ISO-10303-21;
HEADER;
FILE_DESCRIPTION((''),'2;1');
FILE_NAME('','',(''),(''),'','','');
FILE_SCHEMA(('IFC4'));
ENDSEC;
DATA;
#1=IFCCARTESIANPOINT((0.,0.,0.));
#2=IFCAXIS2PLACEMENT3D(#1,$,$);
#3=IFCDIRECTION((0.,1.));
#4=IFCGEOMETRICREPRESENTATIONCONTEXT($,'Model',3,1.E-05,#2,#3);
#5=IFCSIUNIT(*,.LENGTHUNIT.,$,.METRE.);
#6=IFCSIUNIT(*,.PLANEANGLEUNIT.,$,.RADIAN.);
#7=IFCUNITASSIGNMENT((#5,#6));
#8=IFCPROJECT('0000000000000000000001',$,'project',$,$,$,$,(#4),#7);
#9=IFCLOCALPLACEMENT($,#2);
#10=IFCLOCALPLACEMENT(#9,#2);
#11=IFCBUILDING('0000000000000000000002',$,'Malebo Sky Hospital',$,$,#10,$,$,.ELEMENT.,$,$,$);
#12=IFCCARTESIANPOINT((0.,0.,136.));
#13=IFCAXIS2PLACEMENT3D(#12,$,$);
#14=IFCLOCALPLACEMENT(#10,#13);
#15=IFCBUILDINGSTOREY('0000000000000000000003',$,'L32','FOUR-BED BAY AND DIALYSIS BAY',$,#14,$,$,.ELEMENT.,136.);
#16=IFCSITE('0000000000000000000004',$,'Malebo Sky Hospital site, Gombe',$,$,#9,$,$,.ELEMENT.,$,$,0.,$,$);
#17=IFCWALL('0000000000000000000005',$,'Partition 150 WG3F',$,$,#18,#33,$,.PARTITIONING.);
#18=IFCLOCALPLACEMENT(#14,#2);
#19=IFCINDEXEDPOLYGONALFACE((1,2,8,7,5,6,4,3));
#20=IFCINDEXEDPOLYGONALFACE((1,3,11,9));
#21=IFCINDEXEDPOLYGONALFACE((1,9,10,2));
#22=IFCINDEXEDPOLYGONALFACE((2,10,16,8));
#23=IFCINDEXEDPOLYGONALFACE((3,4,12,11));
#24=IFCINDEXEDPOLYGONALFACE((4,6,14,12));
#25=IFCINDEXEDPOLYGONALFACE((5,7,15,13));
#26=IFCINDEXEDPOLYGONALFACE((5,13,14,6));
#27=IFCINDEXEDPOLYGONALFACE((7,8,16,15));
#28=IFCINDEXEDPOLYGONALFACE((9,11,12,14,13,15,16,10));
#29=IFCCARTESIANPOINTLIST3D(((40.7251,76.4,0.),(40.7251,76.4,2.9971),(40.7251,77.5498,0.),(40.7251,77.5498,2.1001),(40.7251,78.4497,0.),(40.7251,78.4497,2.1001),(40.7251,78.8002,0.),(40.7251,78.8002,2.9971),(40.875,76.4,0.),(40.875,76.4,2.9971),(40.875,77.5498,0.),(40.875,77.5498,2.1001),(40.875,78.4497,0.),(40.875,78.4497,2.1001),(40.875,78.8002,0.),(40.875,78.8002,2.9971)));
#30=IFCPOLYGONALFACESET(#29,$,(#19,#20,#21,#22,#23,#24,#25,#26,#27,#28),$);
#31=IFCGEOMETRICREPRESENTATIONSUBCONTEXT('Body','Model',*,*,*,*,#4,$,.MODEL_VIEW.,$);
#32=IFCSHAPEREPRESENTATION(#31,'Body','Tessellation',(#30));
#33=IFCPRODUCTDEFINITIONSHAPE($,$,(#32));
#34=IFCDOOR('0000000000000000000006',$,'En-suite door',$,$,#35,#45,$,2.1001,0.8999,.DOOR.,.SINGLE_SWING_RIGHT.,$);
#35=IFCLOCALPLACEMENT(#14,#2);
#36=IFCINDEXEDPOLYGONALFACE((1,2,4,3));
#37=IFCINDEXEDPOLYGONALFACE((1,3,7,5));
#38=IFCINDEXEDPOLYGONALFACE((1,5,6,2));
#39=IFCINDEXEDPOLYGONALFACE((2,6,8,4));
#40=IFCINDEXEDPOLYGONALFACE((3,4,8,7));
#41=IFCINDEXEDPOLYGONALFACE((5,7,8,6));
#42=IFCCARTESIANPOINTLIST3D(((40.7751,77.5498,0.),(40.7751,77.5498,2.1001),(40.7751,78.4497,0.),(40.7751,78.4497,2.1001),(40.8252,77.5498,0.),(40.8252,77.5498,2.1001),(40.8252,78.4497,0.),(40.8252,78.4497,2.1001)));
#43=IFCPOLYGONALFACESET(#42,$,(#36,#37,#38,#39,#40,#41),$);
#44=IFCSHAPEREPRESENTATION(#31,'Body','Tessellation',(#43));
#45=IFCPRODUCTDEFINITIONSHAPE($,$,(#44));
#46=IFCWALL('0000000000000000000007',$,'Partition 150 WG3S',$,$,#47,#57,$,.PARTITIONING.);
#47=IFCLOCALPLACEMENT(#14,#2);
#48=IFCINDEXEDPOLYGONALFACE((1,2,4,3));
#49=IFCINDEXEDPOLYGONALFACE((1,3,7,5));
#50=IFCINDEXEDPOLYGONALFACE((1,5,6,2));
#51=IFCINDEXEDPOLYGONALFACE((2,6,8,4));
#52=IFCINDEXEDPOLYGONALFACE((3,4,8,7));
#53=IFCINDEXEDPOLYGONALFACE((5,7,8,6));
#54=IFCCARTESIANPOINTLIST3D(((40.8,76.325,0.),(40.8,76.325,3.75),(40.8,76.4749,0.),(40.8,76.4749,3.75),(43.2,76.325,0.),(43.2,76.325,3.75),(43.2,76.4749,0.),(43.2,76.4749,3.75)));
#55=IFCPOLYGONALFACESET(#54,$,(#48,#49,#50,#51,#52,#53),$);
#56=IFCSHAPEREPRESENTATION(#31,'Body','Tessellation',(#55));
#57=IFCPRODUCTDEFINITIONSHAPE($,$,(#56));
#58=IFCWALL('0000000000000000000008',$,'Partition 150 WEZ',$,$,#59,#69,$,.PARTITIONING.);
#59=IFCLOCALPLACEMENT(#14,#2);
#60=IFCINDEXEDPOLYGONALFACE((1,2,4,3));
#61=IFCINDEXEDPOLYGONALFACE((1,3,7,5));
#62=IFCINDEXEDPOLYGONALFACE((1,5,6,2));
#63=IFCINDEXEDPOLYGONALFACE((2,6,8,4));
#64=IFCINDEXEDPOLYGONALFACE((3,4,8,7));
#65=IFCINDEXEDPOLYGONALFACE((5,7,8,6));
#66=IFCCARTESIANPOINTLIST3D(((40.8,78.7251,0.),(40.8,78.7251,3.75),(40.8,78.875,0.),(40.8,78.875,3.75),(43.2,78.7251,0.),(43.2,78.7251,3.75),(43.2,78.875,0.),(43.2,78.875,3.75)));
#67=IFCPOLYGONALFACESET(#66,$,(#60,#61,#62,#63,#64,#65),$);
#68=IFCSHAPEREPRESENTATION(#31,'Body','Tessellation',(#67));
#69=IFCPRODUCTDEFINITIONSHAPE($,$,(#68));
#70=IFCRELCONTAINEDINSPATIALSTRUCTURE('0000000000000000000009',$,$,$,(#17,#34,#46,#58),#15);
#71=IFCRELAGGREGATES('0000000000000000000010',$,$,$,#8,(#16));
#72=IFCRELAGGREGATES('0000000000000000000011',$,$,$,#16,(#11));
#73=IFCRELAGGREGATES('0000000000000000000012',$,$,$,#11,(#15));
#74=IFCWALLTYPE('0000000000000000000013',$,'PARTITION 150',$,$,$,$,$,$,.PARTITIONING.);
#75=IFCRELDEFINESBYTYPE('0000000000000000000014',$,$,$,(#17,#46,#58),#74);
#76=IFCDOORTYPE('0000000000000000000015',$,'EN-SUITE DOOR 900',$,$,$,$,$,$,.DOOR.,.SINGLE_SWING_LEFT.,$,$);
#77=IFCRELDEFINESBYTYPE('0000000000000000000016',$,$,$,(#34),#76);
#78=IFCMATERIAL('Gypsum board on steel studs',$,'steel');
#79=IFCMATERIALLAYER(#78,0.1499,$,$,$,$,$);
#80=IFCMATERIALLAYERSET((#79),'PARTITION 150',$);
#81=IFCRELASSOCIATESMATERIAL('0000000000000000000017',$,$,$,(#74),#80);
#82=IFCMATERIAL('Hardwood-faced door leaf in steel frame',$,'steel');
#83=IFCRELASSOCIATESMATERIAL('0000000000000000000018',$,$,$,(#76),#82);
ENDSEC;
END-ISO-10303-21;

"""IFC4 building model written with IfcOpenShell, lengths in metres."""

from ifc_helpers import new_model, si_unit, direction, frame, frame_2d, origin, place, context, subcontext, project, spatial, rectangle, extrude, material, layer, layer_set, type_object, element, fill, save


model = new_model("IFC4")

# Units and contexts
model_context = context("Model", 3, precision=1e-05, world=origin(), true_north=direction((0.0, 1.0)))
body_context = subcontext(model_context, "Body", "Model", "MODEL_VIEW")
ifc_project = project(units=[si_unit("LENGTHUNIT", "METRE"), si_unit("PLANEANGLEUNIT", "RADIAN")], contexts=[model_context])

# Site, building, storey
site_placement = place(None, origin())
site = spatial("IfcSite", under=ifc_project, at=site_placement, Name="Malebo Sky Hospital site, Gombe", CompositionType="ELEMENT", RefElevation=0.0)
building_placement = place(site_placement, origin())
building = spatial("IfcBuilding", under=site, at=building_placement, Name="Malebo Sky Hospital", CompositionType="ELEMENT")
storey_placement = place(building_placement, frame((0.0, 0.0, 136.0)))
storey = spatial("IfcBuildingStorey", under=building, at=storey_placement, Name="L32", Description="FOUR-BED BAY AND DIALYSIS BAY", CompositionType="ELEMENT", Elevation=136.0)

# Shared definitions
ifc_material_1 = material(Name="Gypsum board on steel studs", Category="steel")
ifc_material_2 = material(Name="Hardwood-faced door leaf in steel frame", Category="steel")

# Shared definitions
ifc_layer_1 = layer(ifc_material_1, 0.1499)
ifc_layer_set_1 = layer_set([ifc_layer_1], Name="PARTITION 150")
wall_type_1 = type_object("IfcWallType", Name="PARTITION 150", PredefinedType="PARTITIONING", material=ifc_layer_set_1)

# Wall, opening, door
door_type_1 = type_object("IfcDoorType", Name="EN-SUITE DOOR 900", OperationType="SINGLE_SWING_LEFT", PredefinedType="DOOR", material=ifc_material_2)
wall_1_placement = place(storey_placement, frame((40.8, 76.3999, 0.0), z_axis=(0.0, 0.0, 1.0), x_axis=(0.0, 1.0, 0.0)))
wall_1 = element("IfcWall", 1, at=wall_1_placement, inside=storey, type_object=wall_type_1, Name="Partition 150 WG3F", PredefinedType="PARTITIONING", context=body_context, shape_type="SweptSolid", body=[
    extrude(rectangle(XDim=2.4001, YDim=0.1499, at=frame_2d((1.2002, 0.0))), origin(), (0.0, 0.0, 1.0), 2.9971),
])
opening_1_placement = place(wall_1_placement, frame((1.1499, 0.0, 0.0)))
opening_1 = element("IfcOpeningElement", 2, at=opening_1_placement, cuts=wall_1, PredefinedType="OPENING", context=body_context, shape_type="SweptSolid", body=[
    extrude(rectangle(XDim=0.8999, YDim=2.1001, at=frame_2d((0.45, 1.05))), frame((0.0, 0.085, 0.0), z_axis=(0.0, -1.0, 0.0), x_axis=(1.0, 0.0, 0.0)), (0.0, 0.0, 1.0), 0.1699),
])
door_1_placement = place(opening_1_placement, origin())
door_1 = element("IfcDoor", 3, at=door_1_placement, inside=storey, type_object=door_type_1, Name="En-suite door", OperationType="SINGLE_SWING_RIGHT", OverallHeight=2.1001, OverallWidth=0.8999, PredefinedType="DOOR", context=body_context, shape_type="SweptSolid", body=[
    extrude(rectangle(XDim=0.8999, YDim=2.1001, at=frame_2d((0.45, 1.05))), frame((0.0, 0.0249, 0.0), z_axis=(0.0, -1.0, 0.0), x_axis=(1.0, 0.0, 0.0)), (0.0, 0.0, 1.0), 0.05),
])
fill(opening_1, door_1)

# Walls
for number, where, z_axis, x_axis, name in (
    (4, (43.2, 76.3999, 0.0), (0.0, 0.0, 1.0), (-1.0, 0.0, 0.0), "Partition 150 WG3S"),
    (5, (43.2, 78.8, 0.0), (0.0, 0.0, 1.0), (-1.0, 0.0, 0.0), "Partition 150 WEZ"),
):
    element("IfcWall", number, at=place(storey_placement, frame(where, z_axis=z_axis, x_axis=x_axis)), inside=storey, type_object=wall_type_1, Name=name, PredefinedType="PARTITIONING", context=body_context, shape_type="SweptSolid", body=[
        extrude(rectangle(XDim=2.3999, YDim=0.1499, at=frame_2d((1.2, 0.0))), origin(), (0.0, 0.0, 1.0), 3.75),
    ])

save(model, "model.ifc")
